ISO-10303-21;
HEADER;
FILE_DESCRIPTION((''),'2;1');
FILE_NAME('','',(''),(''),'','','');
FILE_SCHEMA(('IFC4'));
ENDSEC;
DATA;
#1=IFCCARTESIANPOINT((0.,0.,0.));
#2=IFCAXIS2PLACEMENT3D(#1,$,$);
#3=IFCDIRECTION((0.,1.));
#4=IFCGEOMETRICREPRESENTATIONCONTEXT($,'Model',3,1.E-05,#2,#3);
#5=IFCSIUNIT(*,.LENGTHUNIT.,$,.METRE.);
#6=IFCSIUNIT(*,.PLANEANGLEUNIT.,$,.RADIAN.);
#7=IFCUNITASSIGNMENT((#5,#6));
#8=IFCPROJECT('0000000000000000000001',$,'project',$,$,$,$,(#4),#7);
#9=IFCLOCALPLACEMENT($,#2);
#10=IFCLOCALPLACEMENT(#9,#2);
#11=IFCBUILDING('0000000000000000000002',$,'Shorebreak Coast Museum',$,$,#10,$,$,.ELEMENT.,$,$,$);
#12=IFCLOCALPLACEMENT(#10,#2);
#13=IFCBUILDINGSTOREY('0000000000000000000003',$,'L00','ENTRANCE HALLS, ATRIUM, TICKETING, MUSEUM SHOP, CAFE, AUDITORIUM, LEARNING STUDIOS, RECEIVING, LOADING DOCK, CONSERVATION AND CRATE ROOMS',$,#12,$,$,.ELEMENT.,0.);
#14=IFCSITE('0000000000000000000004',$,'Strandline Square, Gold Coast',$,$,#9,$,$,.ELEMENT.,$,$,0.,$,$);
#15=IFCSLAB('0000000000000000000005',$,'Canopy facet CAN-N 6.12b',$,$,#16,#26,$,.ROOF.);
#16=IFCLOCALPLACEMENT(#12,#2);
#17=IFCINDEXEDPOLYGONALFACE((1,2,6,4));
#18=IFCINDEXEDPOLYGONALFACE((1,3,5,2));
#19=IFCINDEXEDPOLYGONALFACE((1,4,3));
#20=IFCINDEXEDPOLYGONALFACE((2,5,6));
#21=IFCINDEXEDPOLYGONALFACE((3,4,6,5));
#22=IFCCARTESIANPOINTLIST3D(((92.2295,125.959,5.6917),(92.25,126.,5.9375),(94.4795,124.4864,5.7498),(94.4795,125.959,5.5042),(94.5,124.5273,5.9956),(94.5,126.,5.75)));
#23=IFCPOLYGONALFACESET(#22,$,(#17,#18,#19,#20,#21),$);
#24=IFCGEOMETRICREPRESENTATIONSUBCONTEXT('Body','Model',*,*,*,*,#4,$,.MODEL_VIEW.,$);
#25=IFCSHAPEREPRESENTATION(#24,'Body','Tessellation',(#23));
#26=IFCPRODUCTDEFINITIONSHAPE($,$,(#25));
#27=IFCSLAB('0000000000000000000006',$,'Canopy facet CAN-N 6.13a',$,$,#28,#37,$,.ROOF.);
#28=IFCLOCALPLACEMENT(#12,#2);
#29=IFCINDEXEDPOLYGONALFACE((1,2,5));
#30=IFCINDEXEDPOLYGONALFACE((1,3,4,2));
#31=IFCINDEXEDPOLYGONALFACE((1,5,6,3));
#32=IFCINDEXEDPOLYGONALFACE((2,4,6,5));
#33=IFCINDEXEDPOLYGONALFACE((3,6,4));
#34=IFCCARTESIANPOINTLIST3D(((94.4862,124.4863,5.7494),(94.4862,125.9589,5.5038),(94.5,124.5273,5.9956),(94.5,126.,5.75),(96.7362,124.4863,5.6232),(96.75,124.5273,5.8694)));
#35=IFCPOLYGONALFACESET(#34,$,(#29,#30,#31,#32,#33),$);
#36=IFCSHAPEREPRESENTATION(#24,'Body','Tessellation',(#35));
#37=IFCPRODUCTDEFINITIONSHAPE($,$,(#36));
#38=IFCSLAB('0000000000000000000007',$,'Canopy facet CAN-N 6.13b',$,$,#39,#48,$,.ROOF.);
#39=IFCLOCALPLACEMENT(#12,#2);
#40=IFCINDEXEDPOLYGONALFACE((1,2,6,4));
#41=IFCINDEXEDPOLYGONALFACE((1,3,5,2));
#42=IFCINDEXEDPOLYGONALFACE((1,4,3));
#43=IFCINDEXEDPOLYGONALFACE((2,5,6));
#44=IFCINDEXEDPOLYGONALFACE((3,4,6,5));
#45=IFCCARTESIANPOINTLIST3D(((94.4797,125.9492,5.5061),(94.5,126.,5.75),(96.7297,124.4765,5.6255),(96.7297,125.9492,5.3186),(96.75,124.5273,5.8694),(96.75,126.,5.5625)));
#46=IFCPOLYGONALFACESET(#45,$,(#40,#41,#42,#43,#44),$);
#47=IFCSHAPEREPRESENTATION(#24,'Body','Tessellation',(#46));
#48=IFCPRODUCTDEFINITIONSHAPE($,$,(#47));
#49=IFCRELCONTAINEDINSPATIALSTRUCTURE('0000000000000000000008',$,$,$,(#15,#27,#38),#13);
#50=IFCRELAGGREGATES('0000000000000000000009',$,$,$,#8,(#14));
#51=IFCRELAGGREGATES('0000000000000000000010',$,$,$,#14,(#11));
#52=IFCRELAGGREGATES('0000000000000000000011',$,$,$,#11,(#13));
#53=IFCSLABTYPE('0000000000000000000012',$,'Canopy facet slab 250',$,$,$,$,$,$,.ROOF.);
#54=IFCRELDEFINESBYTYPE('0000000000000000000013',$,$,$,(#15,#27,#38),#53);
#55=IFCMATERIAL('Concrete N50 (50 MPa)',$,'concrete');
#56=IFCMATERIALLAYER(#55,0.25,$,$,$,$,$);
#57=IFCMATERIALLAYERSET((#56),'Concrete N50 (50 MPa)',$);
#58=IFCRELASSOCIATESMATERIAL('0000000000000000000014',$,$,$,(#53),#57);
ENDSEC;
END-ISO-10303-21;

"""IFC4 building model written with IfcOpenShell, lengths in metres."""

from ifc_helpers import new_model, si_unit, direction, frame, origin, place, context, subcontext, project, spatial, polyline, outline, extrude, material, layer, layer_set, type_object, element, save


model = new_model("IFC4")

# Units and contexts
model_context = context("Model", 3, precision=1e-05, world=origin(), true_north=direction((0.0, 1.0)))
body_context = subcontext(model_context, "Body", "Model", "MODEL_VIEW")
ifc_project = project(units=[si_unit("LENGTHUNIT", "METRE"), si_unit("PLANEANGLEUNIT", "RADIAN")], contexts=[model_context])

# Site, building, storey
site_placement = place(None, origin())
site = spatial("IfcSite", under=ifc_project, at=site_placement, Name="Strandline Square, Gold Coast", CompositionType="ELEMENT", RefElevation=0.0)
building_placement = place(site_placement, origin())
building = spatial("IfcBuilding", under=site, at=building_placement, Name="Shorebreak Coast Museum", CompositionType="ELEMENT")
storey_placement = place(building_placement, origin())
storey = spatial("IfcBuildingStorey", under=building, at=storey_placement, Name="L00", Description="ENTRANCE HALLS, ATRIUM, TICKETING, MUSEUM SHOP, CAFE, AUDITORIUM, LEARNING STUDIOS, RECEIVING, LOADING DOCK, CONSERVATION AND CRATE ROOMS", CompositionType="ELEMENT", Elevation=0.0)

# Slabs
ifc_material_1 = material(Name="Concrete N50 (50 MPa)", Category="concrete")
ifc_layer = layer(ifc_material_1, 0.25)
ifc_layer_set = layer_set([ifc_layer], Name="Concrete N50 (50 MPa)")
slab_type = type_object("IfcSlabType", Name="Canopy facet slab 250", PredefinedType="ROOF", material=ifc_layer_set)
slab_1_placement = place(storey_placement, frame((94.5, 124.5273, 5.9956), z_axis=(0.081922, 0.163952, 0.983061), x_axis=(0.0, 0.986376, -0.164505)))
element("IfcSlab", 1, at=slab_1_placement, inside=storey, type_object=slab_type, Name="Canopy facet CAN-N 6.12b", PredefinedType="ROOF", context=body_context, shape_type="SweptSolid", body=[
    extrude(outline(polyline([(0.0, 0.0), (1.493, 0.0), (1.4622, 2.2576), (0.0, 0.0)])), origin(), (0.0, 0.0, -1.0), 0.25),
])
slab_2_placement = place(storey_placement, frame((94.5, 124.5273, 5.9956), z_axis=(0.055249, 0.164254, 0.98487), x_axis=(0.99843, 0.0, -0.05601)))
element("IfcSlab", 2, at=slab_2_placement, inside=storey, type_object=slab_type, Name="Canopy facet CAN-N 6.13a", PredefinedType="ROOF", context=body_context, shape_type="SweptSolid", body=[
    extrude(outline(polyline([(0.0, 0.0), (2.2535, 0.0), (0.0138, 1.4929), (0.0, 0.0)])), origin(), (0.0, 0.0, -1.0), 0.25),
])
slab_3_placement = place(storey_placement, frame((96.75, 124.5273, 5.8694), z_axis=(0.081311, 0.203331, 0.975728), x_axis=(0.0, 0.97897, -0.204006)))
element("IfcSlab", 3, at=slab_3_placement, inside=storey, type_object=slab_type, Name="Canopy facet CAN-N 6.13b", PredefinedType="ROOF", context=body_context, shape_type="SweptSolid", body=[
    extrude(outline(polyline([(0.0, 0.0), (1.5043, 0.0), (1.466, 2.2575), (0.0, 0.0)])), origin(), (0.0, 0.0, -1.0), 0.25),
])

save(model, "model.ifc")
